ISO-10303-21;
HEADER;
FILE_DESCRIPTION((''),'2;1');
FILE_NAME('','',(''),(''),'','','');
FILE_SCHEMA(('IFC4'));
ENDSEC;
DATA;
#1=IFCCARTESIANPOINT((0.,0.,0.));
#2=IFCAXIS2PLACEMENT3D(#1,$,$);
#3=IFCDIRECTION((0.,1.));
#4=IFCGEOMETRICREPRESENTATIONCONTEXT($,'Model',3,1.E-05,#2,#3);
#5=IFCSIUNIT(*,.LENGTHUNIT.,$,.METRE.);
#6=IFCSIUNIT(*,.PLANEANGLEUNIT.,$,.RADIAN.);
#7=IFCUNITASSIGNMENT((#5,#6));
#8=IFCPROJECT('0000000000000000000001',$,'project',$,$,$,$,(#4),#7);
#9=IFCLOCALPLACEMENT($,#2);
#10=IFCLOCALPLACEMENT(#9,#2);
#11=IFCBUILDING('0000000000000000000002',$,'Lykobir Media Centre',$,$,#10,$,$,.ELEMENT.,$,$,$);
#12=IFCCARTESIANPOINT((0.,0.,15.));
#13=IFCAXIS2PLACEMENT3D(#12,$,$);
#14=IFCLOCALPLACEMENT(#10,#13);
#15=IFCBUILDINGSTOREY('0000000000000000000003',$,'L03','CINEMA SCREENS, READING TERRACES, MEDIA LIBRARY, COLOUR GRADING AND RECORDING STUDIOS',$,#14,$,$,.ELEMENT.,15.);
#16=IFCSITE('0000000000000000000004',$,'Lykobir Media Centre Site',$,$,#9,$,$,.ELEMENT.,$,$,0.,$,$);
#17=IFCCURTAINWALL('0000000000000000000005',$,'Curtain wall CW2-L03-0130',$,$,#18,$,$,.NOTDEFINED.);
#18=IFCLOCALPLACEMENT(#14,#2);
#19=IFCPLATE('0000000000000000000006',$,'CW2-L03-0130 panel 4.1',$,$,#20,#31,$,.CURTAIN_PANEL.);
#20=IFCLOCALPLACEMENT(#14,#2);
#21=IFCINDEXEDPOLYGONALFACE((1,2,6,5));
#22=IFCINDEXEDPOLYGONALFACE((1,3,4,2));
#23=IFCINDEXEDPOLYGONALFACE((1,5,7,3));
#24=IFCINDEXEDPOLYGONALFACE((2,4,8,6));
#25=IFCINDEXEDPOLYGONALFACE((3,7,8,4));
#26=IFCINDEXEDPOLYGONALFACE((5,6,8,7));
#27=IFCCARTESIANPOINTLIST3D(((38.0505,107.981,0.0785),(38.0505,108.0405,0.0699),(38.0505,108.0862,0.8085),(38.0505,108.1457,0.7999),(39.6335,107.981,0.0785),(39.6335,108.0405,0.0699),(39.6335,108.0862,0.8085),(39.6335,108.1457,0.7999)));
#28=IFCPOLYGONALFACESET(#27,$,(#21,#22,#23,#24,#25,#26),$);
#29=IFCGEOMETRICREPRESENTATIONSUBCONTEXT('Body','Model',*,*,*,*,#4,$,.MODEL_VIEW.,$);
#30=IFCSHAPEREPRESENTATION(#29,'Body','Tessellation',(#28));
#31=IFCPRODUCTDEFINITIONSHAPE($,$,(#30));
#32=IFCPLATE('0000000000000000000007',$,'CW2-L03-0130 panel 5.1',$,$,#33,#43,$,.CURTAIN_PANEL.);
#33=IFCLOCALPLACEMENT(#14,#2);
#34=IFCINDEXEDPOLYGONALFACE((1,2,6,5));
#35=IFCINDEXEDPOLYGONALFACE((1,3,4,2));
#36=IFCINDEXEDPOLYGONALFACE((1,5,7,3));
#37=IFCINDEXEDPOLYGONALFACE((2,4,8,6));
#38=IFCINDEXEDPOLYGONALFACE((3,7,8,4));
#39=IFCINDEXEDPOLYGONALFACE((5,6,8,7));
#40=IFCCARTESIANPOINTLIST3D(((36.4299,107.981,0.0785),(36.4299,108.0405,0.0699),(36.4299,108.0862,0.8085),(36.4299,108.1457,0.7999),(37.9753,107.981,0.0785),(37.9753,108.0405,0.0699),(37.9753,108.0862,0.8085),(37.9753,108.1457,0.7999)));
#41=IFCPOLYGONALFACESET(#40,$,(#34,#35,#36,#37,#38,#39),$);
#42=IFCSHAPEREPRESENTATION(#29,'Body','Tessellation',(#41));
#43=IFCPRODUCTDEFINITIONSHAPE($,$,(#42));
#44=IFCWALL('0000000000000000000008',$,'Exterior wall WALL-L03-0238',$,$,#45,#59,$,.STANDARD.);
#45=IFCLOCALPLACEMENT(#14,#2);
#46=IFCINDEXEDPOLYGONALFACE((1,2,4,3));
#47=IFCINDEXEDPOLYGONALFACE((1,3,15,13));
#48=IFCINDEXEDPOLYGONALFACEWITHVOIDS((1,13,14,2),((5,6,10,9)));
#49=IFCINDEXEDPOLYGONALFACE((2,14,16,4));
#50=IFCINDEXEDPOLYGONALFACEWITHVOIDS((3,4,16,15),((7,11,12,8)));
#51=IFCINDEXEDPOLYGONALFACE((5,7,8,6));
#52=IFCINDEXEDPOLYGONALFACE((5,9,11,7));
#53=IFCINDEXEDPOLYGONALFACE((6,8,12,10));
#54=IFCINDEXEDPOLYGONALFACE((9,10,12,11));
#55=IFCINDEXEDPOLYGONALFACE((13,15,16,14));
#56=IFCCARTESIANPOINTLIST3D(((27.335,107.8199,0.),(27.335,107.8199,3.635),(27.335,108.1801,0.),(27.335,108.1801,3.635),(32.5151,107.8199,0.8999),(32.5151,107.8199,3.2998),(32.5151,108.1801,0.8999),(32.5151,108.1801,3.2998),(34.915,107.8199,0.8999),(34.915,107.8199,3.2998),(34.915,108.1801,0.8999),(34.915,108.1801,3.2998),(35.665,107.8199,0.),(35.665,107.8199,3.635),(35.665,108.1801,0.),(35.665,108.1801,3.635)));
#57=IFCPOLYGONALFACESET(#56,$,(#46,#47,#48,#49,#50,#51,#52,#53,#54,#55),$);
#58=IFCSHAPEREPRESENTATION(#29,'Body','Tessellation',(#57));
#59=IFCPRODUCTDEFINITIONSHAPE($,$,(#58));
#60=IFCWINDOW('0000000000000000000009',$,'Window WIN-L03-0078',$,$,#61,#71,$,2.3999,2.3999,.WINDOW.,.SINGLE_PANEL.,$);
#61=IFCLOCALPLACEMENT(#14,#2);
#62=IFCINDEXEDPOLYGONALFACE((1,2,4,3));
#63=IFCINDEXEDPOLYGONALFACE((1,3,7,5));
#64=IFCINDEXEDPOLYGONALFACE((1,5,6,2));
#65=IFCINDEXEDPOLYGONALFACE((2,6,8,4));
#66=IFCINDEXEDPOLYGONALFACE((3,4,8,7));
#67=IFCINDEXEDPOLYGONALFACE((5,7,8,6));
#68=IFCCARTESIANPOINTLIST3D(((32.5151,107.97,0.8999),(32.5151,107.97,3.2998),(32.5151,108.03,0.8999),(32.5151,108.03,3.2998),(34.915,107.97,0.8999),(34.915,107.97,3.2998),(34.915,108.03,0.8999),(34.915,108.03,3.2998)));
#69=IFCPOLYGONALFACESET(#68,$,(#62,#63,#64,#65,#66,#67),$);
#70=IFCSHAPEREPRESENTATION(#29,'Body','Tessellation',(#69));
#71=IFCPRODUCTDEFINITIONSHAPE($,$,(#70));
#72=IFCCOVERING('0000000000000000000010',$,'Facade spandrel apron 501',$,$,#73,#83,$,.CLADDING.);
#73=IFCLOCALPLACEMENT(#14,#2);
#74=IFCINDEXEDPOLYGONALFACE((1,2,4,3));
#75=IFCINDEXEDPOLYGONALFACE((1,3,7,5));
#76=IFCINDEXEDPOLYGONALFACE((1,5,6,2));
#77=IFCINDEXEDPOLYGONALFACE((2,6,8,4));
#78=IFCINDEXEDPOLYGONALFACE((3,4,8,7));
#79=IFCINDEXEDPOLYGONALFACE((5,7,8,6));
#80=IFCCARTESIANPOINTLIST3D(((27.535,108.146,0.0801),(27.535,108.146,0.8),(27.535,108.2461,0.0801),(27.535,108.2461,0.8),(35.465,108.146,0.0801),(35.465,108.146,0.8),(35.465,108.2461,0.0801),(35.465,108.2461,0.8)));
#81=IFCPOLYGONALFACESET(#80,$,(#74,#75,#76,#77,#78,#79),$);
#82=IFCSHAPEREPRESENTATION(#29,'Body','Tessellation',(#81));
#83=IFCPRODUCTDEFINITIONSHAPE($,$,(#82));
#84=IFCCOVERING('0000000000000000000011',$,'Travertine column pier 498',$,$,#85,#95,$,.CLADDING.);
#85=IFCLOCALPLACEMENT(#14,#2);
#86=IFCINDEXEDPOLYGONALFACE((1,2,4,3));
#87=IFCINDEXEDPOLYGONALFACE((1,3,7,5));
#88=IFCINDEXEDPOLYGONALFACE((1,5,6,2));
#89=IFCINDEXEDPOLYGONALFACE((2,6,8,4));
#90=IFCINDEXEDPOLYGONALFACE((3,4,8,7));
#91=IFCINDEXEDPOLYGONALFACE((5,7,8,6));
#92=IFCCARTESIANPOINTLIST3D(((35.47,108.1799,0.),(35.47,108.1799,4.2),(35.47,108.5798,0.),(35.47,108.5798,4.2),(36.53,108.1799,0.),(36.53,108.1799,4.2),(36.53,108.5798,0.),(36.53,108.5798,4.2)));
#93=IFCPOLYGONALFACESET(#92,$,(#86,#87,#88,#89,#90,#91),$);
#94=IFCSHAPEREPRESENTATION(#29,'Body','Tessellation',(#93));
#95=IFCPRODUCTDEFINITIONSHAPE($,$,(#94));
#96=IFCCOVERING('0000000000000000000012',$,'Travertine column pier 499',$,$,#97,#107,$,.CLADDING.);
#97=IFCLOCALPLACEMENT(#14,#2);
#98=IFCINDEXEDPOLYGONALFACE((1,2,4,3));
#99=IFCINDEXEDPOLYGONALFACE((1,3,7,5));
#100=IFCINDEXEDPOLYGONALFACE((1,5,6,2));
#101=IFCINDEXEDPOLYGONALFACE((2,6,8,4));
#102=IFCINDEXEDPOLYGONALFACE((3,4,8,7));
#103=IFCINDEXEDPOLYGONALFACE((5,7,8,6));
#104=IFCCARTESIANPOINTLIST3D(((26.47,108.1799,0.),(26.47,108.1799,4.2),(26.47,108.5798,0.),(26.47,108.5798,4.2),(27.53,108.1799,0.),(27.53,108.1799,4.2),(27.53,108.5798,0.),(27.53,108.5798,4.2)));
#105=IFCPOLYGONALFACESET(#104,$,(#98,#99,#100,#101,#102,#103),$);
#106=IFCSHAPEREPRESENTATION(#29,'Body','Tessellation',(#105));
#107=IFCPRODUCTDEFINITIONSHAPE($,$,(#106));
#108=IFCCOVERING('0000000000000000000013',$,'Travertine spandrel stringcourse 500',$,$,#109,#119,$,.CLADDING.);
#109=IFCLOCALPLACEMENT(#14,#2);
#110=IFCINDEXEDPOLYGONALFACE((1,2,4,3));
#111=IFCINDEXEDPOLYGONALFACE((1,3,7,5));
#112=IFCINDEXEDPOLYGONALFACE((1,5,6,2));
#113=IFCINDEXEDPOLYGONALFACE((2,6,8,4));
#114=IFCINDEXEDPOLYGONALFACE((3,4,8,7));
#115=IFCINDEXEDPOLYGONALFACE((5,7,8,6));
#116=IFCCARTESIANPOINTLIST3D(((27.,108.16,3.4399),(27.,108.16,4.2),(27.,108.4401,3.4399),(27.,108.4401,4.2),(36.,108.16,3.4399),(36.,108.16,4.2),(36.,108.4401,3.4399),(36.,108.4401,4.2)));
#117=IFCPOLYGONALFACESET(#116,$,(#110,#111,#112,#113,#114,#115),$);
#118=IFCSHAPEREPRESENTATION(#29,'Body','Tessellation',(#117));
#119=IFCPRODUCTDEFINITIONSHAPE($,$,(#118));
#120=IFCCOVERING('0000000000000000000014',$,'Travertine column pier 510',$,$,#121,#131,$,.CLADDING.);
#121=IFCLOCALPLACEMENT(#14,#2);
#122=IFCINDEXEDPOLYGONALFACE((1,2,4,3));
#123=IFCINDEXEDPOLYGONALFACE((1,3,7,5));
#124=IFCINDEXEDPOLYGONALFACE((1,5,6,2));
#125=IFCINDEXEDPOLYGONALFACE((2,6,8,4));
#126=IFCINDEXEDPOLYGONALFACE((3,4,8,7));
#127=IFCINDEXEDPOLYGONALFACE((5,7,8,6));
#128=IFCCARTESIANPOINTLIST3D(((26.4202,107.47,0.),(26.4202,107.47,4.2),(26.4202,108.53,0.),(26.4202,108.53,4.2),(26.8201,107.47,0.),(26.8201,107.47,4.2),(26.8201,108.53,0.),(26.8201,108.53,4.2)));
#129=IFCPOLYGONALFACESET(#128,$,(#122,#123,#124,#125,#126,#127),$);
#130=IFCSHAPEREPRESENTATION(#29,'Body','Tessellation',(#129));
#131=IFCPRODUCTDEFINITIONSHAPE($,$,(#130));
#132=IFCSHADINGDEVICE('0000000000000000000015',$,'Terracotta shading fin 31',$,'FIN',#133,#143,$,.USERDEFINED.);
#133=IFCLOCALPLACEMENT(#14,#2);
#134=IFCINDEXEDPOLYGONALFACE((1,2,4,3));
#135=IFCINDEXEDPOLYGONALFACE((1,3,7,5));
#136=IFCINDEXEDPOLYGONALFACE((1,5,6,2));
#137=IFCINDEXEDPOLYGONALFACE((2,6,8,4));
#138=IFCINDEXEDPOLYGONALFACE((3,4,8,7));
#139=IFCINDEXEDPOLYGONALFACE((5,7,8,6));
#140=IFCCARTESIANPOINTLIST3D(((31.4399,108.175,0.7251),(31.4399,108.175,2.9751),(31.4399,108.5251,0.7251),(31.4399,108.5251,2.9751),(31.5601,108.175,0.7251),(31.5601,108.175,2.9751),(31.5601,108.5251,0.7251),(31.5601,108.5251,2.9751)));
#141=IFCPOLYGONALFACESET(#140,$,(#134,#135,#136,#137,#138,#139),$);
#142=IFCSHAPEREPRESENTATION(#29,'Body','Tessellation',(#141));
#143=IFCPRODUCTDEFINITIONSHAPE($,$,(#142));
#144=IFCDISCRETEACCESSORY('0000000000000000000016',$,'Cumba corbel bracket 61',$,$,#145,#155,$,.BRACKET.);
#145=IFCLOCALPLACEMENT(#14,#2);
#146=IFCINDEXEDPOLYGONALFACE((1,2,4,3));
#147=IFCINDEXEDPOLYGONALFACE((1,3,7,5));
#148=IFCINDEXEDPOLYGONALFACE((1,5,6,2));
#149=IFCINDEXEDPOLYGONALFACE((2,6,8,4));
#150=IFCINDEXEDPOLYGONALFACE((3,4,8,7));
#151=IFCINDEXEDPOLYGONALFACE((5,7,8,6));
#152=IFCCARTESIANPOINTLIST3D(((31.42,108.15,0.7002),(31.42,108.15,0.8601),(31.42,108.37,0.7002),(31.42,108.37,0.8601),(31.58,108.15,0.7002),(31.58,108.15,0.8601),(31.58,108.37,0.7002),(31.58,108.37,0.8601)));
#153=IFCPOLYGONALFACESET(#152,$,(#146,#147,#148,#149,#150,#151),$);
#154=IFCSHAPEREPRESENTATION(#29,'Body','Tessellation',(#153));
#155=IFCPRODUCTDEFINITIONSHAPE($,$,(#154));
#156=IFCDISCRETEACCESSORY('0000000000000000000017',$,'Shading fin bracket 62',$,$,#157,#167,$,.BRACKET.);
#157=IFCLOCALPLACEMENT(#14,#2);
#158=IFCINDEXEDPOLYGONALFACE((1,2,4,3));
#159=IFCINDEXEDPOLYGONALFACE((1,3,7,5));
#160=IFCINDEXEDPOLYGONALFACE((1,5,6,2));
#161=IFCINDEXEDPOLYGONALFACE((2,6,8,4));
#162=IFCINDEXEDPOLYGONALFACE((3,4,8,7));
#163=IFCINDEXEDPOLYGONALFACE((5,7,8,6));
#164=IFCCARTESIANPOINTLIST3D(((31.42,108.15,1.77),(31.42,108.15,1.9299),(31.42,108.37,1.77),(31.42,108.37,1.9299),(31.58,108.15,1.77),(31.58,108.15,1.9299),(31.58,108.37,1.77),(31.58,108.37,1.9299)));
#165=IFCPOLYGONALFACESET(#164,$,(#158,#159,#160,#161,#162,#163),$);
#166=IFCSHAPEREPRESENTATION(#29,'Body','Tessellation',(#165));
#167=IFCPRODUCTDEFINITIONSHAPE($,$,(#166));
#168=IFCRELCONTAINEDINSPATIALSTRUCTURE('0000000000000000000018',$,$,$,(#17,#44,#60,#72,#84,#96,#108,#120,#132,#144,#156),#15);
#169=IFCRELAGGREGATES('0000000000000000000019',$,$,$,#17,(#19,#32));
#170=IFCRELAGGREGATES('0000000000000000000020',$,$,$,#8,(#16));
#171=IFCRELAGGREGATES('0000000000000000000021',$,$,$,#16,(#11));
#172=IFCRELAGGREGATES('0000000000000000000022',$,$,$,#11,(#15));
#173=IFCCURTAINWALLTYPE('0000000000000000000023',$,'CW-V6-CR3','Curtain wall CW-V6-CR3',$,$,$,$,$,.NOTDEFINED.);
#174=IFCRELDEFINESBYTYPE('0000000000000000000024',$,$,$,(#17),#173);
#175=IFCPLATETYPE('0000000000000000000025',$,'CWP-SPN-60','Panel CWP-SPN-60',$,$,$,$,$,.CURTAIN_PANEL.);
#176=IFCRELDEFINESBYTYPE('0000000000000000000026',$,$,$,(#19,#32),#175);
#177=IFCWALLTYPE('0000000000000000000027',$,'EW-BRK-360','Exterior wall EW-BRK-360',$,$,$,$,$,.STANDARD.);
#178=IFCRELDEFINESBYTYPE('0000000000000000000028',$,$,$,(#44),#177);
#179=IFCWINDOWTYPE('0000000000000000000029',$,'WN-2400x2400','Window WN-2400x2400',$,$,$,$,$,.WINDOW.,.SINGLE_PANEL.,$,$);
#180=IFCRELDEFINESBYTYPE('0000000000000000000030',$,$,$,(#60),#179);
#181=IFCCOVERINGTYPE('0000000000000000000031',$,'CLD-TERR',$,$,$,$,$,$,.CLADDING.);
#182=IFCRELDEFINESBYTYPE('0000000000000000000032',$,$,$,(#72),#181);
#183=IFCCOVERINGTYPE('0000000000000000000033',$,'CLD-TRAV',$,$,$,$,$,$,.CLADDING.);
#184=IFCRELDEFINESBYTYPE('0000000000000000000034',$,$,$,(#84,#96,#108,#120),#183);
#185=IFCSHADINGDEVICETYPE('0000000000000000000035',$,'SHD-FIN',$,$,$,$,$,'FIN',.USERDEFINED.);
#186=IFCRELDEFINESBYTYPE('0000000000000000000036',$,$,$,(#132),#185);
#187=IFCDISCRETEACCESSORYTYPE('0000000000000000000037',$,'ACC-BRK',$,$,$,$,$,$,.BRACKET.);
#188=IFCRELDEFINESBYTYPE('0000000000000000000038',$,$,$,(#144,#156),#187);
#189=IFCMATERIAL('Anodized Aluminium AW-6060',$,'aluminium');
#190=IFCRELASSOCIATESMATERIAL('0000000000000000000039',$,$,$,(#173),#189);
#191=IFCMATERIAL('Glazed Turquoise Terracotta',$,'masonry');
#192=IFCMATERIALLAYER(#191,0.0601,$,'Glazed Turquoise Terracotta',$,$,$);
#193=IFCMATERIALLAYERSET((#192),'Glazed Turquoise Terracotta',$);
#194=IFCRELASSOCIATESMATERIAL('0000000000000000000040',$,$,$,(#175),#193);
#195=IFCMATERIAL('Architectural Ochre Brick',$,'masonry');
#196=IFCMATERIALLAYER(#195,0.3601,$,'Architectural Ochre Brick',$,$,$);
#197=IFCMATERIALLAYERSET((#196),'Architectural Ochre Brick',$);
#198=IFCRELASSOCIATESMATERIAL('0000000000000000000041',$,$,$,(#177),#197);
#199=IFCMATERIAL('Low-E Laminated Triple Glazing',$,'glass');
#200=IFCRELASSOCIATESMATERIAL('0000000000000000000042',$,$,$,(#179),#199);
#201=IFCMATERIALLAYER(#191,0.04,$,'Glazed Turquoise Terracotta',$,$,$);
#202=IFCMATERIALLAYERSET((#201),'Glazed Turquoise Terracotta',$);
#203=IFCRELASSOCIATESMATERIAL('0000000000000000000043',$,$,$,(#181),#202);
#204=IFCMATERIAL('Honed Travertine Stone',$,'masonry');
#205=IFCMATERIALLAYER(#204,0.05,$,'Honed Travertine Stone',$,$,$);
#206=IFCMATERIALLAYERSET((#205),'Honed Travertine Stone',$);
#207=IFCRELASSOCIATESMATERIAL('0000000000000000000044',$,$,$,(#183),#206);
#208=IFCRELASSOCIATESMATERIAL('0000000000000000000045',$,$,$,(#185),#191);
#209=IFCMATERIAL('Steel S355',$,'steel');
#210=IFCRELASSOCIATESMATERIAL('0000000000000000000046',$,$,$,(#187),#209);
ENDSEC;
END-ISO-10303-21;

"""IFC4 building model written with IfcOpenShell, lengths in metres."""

from ifc_helpers import new_model, si_unit, direction, frame, frame_2d, origin, origin_2d, place, context, subcontext, project, spatial, rectangle, extrude, material, layer, layer_set, type_object, element, fill, aggregate, save


model = new_model("IFC4")

# Units and contexts
model_context = context("Model", 3, precision=1e-05, world=origin(), true_north=direction((0.0, 1.0)))
body_context = subcontext(model_context, "Body", "Model", "MODEL_VIEW")
ifc_project = project(units=[si_unit("LENGTHUNIT", "METRE"), si_unit("PLANEANGLEUNIT", "RADIAN")], contexts=[model_context])

# Site, building, storey
site_placement = place(None, origin())
site = spatial("IfcSite", under=ifc_project, at=site_placement, Name="Lykobir Media Centre Site", CompositionType="ELEMENT", RefElevation=0.0)
building_placement = place(site_placement, origin())
building = spatial("IfcBuilding", under=site, at=building_placement, Name="Lykobir Media Centre", CompositionType="ELEMENT")
storey_placement = place(building_placement, frame((0.0, 0.0, 15.0)))
storey = spatial("IfcBuildingStorey", under=building, at=storey_placement, Name="L03", Description="CINEMA SCREENS, READING TERRACES, MEDIA LIBRARY, COLOUR GRADING AND RECORDING STUDIOS", CompositionType="ELEMENT", Elevation=15.0)

# Curtain wall
ifc_material_1 = material(Name="Anodized Aluminium AW-6060", Category="aluminium")
curtain_wall_type = type_object("IfcCurtainWallType", Name="CW-V6-CR3", Description="Curtain wall CW-V6-CR3", PredefinedType="NOTDEFINED", material=ifc_material_1)
curtain_wall_placement = place(storey_placement, origin())
curtain_wall = element("IfcCurtainWall", 1, at=curtain_wall_placement, inside=storey, type_object=curtain_wall_type, Name="Curtain wall CW2-L03-0130", PredefinedType="NOTDEFINED")

# Shared definitions
ifc_material_2 = material(Name="Steel S355", Category="steel")

# Plates
ifc_material_3 = material(Name="Low-E Laminated Triple Glazing", Category="glass")
ifc_material_4 = material(Name="Glazed Turquoise Terracotta", Category="masonry")
ifc_layer_1 = layer(ifc_material_4, 0.0601, Name="Glazed Turquoise Terracotta")
ifc_layer_set_1 = layer_set([ifc_layer_1], Name="Glazed Turquoise Terracotta")
plate_type_1 = type_object("IfcPlateType", Name="CWP-SPN-60", Description="Panel CWP-SPN-60", PredefinedType="CURTAIN_PANEL", material=ifc_layer_set_1)
plate_1_placement = place(storey_placement, frame((38.842, 108.0107, 0.0742), z_axis=(0.0, 0.142629, 0.989776), x_axis=(-1.0, 0.0, 0.0)))
plate_1 = element("IfcPlate", 2, at=plate_1_placement, type_object=plate_type_1, Name="CW2-L03-0130 panel 4.1", PredefinedType="CURTAIN_PANEL", context=body_context, shape_type="SweptSolid", body=[
    extrude(rectangle(XDim=1.583, YDim=0.0601, at=origin_2d()), origin(), (0.0, 0.0, 1.0), 0.7375),
])
plate_2_placement = place(storey_placement, frame((37.2026, 108.0107, 0.0742), z_axis=(0.0, 0.142629, 0.989776), x_axis=(-1.0, 0.0, 0.0)))
plate_2 = element("IfcPlate", 3, at=plate_2_placement, type_object=plate_type_1, Name="CW2-L03-0130 panel 5.1", PredefinedType="CURTAIN_PANEL", context=body_context, shape_type="SweptSolid", body=[
    extrude(rectangle(XDim=1.5454, YDim=0.0601, at=origin_2d()), origin(), (0.0, 0.0, 1.0), 0.7375),
])
aggregate(curtain_wall, [plate_1, plate_2])

# Wall, opening, window
ifc_material_5 = material(Name="Architectural Ochre Brick", Category="masonry")
ifc_layer_2 = layer(ifc_material_5, 0.3601, Name="Architectural Ochre Brick")
ifc_layer_set_2 = layer_set([ifc_layer_2], Name="Architectural Ochre Brick")
wall_type = type_object("IfcWallType", Name="EW-BRK-360", Description="Exterior wall EW-BRK-360", PredefinedType="STANDARD", material=ifc_layer_set_2)
wall_placement = place(storey_placement, frame((35.665, 108.0, 0.0), z_axis=(0.0, 0.0, 1.0), x_axis=(-1.0, 0.0, 0.0)))
wall = element("IfcWall", 4, at=wall_placement, inside=storey, type_object=wall_type, Name="Exterior wall WALL-L03-0238", PredefinedType="STANDARD", context=body_context, shape_type="SweptSolid", body=[
    extrude(rectangle(XDim=8.3301, YDim=0.3601, at=frame_2d((4.165, 0.0))), origin(), (0.0, 0.0, 1.0), 3.635),
])
opening_placement = place(wall_placement, frame((0.75, 0.0, 0.8999)))
opening = element("IfcOpeningElement", 5, at=opening_placement, cuts=wall, PredefinedType="OPENING", context=body_context, shape_type="SweptSolid", body=[
    extrude(rectangle(XDim=2.3999, YDim=2.3999, at=frame_2d((1.2, 1.2))), frame((0.0, 0.1899, 0.0), z_axis=(0.0, -1.0, 0.0), x_axis=(1.0, 0.0, 0.0)), (0.0, 0.0, 1.0), 0.3801),
])
window_type = type_object("IfcWindowType", Name="WN-2400x2400", Description="Window WN-2400x2400", PartitioningType="SINGLE_PANEL", PredefinedType="WINDOW", material=ifc_material_3)
window_placement = place(opening_placement, origin())
window = element("IfcWindow", 6, at=window_placement, inside=storey, type_object=window_type, Name="Window WIN-L03-0078", OverallHeight=2.3999, OverallWidth=2.3999, PartitioningType="SINGLE_PANEL", PredefinedType="WINDOW", context=body_context, shape_type="SweptSolid", body=[
    extrude(rectangle(XDim=2.3999, YDim=2.3999, at=frame_2d((1.2, 1.2))), frame((0.0, 0.03, 0.0), z_axis=(0.0, -1.0, 0.0), x_axis=(1.0, 0.0, 0.0)), (0.0, 0.0, 1.0), 0.0601),
])
fill(opening, window)

# Coverings
ifc_layer_3 = layer(ifc_material_4, 0.04, Name="Glazed Turquoise Terracotta")
ifc_layer_set_3 = layer_set([ifc_layer_3], Name="Glazed Turquoise Terracotta")
covering_type_1 = type_object("IfcCoveringType", Name="CLD-TERR", PredefinedType="CLADDING", material=ifc_layer_set_3)
covering_1_placement = place(storey_placement, frame((31.5, 108.196, 0.0801), z_axis=(0.0, 0.0, 1.0), x_axis=(-1.0, 0.0, 0.0)))
element("IfcCovering", 7, at=covering_1_placement, inside=storey, type_object=covering_type_1, Name="Facade spandrel apron 501", PredefinedType="CLADDING", context=body_context, shape_type="SweptSolid", body=[
    extrude(rectangle(XDim=7.9299, YDim=0.1001, at=origin_2d()), origin(), (0.0, 0.0, 1.0), 0.72),
])
ifc_material_6 = material(Name="Honed Travertine Stone", Category="masonry")
ifc_layer_4 = layer(ifc_material_6, 0.05, Name="Honed Travertine Stone")
ifc_layer_set_4 = layer_set([ifc_layer_4], Name="Honed Travertine Stone")
covering_type_2 = type_object("IfcCoveringType", Name="CLD-TRAV", PredefinedType="CLADDING", material=ifc_layer_set_4)
for number, where, z_axis, x_axis, name in (
    (8, (36.0, 108.3799, 0.0), (0.0, 0.0, 1.0), (-1.0, 0.0, 0.0), "Travertine column pier 498"),
    (9, (27.0, 108.3799, 0.0), (0.0, 0.0, 1.0), (-1.0, 0.0, 0.0), "Travertine column pier 499"),
):
    element("IfcCovering", number, at=place(storey_placement, frame(where, z_axis=z_axis, x_axis=x_axis)), inside=storey, type_object=covering_type_2, Name=name, PredefinedType="CLADDING", context=body_context, shape_type="SweptSolid", body=[
        extrude(rectangle(XDim=1.0601, YDim=0.3999, at=origin_2d()), origin(), (0.0, 0.0, 1.0), 4.2),
    ])
covering_2_placement = place(storey_placement, frame((31.5, 108.3, 3.4399), z_axis=(0.0, 0.0, 1.0), x_axis=(-1.0, 0.0, 0.0)))
element("IfcCovering", 10, at=covering_2_placement, inside=storey, type_object=covering_type_2, Name="Travertine spandrel stringcourse 500", PredefinedType="CLADDING", context=body_context, shape_type="SweptSolid", body=[
    extrude(rectangle(XDim=9.0, YDim=0.28, at=origin_2d()), origin(), (0.0, 0.0, 1.0), 0.76),
])
covering_3_placement = place(storey_placement, frame((26.6201, 108.0, 0.0), z_axis=(0.0, 0.0, 1.0), x_axis=(0.0, -1.0, 0.0)))
element("IfcCovering", 11, at=covering_3_placement, inside=storey, type_object=covering_type_2, Name="Travertine column pier 510", PredefinedType="CLADDING", context=body_context, shape_type="SweptSolid", body=[
    extrude(rectangle(XDim=1.0601, YDim=0.3999, at=origin_2d()), origin(), (0.0, 0.0, 1.0), 4.2),
])

# Shading device
shading_device_type = type_object("IfcShadingDeviceType", Name="SHD-FIN", ElementType="FIN", PredefinedType="USERDEFINED", material=ifc_material_4)
shading_device_placement = place(storey_placement, frame((31.5, 108.3501, 0.7251), z_axis=(0.0, 0.0, 1.0), x_axis=(-1.0, 0.0, 0.0)))
element("IfcShadingDevice", 12, at=shading_device_placement, inside=storey, type_object=shading_device_type, Name="Terracotta shading fin 31", ObjectType="FIN", PredefinedType="USERDEFINED", context=body_context, shape_type="SweptSolid", body=[
    extrude(rectangle(XDim=0.1201, YDim=0.3501, at=origin_2d()), origin(), (0.0, 0.0, 1.0), 2.25),
])

# Discrete accessories
discrete_accessory_type = type_object("IfcDiscreteAccessoryType", Name="ACC-BRK", PredefinedType="BRACKET", material=ifc_material_2)
for number, where, z_axis, x_axis, name in (
    (13, (31.5, 108.26, 0.7002), (0.0, 0.0, 1.0), (-1.0, 0.0, 0.0), "Cumba corbel bracket 61"),
    (14, (31.5, 108.26, 1.77), (0.0, 0.0, 1.0), (-1.0, 0.0, 0.0), "Shading fin bracket 62"),
):
    element("IfcDiscreteAccessory", number, at=place(storey_placement, frame(where, z_axis=z_axis, x_axis=x_axis)), inside=storey, type_object=discrete_accessory_type, Name=name, PredefinedType="BRACKET", context=body_context, shape_type="SweptSolid", body=[
        extrude(rectangle(XDim=0.1599, YDim=0.22, at=origin_2d()), origin(), (0.0, 0.0, 1.0), 0.1599),
    ])

save(model, "model.ifc")
